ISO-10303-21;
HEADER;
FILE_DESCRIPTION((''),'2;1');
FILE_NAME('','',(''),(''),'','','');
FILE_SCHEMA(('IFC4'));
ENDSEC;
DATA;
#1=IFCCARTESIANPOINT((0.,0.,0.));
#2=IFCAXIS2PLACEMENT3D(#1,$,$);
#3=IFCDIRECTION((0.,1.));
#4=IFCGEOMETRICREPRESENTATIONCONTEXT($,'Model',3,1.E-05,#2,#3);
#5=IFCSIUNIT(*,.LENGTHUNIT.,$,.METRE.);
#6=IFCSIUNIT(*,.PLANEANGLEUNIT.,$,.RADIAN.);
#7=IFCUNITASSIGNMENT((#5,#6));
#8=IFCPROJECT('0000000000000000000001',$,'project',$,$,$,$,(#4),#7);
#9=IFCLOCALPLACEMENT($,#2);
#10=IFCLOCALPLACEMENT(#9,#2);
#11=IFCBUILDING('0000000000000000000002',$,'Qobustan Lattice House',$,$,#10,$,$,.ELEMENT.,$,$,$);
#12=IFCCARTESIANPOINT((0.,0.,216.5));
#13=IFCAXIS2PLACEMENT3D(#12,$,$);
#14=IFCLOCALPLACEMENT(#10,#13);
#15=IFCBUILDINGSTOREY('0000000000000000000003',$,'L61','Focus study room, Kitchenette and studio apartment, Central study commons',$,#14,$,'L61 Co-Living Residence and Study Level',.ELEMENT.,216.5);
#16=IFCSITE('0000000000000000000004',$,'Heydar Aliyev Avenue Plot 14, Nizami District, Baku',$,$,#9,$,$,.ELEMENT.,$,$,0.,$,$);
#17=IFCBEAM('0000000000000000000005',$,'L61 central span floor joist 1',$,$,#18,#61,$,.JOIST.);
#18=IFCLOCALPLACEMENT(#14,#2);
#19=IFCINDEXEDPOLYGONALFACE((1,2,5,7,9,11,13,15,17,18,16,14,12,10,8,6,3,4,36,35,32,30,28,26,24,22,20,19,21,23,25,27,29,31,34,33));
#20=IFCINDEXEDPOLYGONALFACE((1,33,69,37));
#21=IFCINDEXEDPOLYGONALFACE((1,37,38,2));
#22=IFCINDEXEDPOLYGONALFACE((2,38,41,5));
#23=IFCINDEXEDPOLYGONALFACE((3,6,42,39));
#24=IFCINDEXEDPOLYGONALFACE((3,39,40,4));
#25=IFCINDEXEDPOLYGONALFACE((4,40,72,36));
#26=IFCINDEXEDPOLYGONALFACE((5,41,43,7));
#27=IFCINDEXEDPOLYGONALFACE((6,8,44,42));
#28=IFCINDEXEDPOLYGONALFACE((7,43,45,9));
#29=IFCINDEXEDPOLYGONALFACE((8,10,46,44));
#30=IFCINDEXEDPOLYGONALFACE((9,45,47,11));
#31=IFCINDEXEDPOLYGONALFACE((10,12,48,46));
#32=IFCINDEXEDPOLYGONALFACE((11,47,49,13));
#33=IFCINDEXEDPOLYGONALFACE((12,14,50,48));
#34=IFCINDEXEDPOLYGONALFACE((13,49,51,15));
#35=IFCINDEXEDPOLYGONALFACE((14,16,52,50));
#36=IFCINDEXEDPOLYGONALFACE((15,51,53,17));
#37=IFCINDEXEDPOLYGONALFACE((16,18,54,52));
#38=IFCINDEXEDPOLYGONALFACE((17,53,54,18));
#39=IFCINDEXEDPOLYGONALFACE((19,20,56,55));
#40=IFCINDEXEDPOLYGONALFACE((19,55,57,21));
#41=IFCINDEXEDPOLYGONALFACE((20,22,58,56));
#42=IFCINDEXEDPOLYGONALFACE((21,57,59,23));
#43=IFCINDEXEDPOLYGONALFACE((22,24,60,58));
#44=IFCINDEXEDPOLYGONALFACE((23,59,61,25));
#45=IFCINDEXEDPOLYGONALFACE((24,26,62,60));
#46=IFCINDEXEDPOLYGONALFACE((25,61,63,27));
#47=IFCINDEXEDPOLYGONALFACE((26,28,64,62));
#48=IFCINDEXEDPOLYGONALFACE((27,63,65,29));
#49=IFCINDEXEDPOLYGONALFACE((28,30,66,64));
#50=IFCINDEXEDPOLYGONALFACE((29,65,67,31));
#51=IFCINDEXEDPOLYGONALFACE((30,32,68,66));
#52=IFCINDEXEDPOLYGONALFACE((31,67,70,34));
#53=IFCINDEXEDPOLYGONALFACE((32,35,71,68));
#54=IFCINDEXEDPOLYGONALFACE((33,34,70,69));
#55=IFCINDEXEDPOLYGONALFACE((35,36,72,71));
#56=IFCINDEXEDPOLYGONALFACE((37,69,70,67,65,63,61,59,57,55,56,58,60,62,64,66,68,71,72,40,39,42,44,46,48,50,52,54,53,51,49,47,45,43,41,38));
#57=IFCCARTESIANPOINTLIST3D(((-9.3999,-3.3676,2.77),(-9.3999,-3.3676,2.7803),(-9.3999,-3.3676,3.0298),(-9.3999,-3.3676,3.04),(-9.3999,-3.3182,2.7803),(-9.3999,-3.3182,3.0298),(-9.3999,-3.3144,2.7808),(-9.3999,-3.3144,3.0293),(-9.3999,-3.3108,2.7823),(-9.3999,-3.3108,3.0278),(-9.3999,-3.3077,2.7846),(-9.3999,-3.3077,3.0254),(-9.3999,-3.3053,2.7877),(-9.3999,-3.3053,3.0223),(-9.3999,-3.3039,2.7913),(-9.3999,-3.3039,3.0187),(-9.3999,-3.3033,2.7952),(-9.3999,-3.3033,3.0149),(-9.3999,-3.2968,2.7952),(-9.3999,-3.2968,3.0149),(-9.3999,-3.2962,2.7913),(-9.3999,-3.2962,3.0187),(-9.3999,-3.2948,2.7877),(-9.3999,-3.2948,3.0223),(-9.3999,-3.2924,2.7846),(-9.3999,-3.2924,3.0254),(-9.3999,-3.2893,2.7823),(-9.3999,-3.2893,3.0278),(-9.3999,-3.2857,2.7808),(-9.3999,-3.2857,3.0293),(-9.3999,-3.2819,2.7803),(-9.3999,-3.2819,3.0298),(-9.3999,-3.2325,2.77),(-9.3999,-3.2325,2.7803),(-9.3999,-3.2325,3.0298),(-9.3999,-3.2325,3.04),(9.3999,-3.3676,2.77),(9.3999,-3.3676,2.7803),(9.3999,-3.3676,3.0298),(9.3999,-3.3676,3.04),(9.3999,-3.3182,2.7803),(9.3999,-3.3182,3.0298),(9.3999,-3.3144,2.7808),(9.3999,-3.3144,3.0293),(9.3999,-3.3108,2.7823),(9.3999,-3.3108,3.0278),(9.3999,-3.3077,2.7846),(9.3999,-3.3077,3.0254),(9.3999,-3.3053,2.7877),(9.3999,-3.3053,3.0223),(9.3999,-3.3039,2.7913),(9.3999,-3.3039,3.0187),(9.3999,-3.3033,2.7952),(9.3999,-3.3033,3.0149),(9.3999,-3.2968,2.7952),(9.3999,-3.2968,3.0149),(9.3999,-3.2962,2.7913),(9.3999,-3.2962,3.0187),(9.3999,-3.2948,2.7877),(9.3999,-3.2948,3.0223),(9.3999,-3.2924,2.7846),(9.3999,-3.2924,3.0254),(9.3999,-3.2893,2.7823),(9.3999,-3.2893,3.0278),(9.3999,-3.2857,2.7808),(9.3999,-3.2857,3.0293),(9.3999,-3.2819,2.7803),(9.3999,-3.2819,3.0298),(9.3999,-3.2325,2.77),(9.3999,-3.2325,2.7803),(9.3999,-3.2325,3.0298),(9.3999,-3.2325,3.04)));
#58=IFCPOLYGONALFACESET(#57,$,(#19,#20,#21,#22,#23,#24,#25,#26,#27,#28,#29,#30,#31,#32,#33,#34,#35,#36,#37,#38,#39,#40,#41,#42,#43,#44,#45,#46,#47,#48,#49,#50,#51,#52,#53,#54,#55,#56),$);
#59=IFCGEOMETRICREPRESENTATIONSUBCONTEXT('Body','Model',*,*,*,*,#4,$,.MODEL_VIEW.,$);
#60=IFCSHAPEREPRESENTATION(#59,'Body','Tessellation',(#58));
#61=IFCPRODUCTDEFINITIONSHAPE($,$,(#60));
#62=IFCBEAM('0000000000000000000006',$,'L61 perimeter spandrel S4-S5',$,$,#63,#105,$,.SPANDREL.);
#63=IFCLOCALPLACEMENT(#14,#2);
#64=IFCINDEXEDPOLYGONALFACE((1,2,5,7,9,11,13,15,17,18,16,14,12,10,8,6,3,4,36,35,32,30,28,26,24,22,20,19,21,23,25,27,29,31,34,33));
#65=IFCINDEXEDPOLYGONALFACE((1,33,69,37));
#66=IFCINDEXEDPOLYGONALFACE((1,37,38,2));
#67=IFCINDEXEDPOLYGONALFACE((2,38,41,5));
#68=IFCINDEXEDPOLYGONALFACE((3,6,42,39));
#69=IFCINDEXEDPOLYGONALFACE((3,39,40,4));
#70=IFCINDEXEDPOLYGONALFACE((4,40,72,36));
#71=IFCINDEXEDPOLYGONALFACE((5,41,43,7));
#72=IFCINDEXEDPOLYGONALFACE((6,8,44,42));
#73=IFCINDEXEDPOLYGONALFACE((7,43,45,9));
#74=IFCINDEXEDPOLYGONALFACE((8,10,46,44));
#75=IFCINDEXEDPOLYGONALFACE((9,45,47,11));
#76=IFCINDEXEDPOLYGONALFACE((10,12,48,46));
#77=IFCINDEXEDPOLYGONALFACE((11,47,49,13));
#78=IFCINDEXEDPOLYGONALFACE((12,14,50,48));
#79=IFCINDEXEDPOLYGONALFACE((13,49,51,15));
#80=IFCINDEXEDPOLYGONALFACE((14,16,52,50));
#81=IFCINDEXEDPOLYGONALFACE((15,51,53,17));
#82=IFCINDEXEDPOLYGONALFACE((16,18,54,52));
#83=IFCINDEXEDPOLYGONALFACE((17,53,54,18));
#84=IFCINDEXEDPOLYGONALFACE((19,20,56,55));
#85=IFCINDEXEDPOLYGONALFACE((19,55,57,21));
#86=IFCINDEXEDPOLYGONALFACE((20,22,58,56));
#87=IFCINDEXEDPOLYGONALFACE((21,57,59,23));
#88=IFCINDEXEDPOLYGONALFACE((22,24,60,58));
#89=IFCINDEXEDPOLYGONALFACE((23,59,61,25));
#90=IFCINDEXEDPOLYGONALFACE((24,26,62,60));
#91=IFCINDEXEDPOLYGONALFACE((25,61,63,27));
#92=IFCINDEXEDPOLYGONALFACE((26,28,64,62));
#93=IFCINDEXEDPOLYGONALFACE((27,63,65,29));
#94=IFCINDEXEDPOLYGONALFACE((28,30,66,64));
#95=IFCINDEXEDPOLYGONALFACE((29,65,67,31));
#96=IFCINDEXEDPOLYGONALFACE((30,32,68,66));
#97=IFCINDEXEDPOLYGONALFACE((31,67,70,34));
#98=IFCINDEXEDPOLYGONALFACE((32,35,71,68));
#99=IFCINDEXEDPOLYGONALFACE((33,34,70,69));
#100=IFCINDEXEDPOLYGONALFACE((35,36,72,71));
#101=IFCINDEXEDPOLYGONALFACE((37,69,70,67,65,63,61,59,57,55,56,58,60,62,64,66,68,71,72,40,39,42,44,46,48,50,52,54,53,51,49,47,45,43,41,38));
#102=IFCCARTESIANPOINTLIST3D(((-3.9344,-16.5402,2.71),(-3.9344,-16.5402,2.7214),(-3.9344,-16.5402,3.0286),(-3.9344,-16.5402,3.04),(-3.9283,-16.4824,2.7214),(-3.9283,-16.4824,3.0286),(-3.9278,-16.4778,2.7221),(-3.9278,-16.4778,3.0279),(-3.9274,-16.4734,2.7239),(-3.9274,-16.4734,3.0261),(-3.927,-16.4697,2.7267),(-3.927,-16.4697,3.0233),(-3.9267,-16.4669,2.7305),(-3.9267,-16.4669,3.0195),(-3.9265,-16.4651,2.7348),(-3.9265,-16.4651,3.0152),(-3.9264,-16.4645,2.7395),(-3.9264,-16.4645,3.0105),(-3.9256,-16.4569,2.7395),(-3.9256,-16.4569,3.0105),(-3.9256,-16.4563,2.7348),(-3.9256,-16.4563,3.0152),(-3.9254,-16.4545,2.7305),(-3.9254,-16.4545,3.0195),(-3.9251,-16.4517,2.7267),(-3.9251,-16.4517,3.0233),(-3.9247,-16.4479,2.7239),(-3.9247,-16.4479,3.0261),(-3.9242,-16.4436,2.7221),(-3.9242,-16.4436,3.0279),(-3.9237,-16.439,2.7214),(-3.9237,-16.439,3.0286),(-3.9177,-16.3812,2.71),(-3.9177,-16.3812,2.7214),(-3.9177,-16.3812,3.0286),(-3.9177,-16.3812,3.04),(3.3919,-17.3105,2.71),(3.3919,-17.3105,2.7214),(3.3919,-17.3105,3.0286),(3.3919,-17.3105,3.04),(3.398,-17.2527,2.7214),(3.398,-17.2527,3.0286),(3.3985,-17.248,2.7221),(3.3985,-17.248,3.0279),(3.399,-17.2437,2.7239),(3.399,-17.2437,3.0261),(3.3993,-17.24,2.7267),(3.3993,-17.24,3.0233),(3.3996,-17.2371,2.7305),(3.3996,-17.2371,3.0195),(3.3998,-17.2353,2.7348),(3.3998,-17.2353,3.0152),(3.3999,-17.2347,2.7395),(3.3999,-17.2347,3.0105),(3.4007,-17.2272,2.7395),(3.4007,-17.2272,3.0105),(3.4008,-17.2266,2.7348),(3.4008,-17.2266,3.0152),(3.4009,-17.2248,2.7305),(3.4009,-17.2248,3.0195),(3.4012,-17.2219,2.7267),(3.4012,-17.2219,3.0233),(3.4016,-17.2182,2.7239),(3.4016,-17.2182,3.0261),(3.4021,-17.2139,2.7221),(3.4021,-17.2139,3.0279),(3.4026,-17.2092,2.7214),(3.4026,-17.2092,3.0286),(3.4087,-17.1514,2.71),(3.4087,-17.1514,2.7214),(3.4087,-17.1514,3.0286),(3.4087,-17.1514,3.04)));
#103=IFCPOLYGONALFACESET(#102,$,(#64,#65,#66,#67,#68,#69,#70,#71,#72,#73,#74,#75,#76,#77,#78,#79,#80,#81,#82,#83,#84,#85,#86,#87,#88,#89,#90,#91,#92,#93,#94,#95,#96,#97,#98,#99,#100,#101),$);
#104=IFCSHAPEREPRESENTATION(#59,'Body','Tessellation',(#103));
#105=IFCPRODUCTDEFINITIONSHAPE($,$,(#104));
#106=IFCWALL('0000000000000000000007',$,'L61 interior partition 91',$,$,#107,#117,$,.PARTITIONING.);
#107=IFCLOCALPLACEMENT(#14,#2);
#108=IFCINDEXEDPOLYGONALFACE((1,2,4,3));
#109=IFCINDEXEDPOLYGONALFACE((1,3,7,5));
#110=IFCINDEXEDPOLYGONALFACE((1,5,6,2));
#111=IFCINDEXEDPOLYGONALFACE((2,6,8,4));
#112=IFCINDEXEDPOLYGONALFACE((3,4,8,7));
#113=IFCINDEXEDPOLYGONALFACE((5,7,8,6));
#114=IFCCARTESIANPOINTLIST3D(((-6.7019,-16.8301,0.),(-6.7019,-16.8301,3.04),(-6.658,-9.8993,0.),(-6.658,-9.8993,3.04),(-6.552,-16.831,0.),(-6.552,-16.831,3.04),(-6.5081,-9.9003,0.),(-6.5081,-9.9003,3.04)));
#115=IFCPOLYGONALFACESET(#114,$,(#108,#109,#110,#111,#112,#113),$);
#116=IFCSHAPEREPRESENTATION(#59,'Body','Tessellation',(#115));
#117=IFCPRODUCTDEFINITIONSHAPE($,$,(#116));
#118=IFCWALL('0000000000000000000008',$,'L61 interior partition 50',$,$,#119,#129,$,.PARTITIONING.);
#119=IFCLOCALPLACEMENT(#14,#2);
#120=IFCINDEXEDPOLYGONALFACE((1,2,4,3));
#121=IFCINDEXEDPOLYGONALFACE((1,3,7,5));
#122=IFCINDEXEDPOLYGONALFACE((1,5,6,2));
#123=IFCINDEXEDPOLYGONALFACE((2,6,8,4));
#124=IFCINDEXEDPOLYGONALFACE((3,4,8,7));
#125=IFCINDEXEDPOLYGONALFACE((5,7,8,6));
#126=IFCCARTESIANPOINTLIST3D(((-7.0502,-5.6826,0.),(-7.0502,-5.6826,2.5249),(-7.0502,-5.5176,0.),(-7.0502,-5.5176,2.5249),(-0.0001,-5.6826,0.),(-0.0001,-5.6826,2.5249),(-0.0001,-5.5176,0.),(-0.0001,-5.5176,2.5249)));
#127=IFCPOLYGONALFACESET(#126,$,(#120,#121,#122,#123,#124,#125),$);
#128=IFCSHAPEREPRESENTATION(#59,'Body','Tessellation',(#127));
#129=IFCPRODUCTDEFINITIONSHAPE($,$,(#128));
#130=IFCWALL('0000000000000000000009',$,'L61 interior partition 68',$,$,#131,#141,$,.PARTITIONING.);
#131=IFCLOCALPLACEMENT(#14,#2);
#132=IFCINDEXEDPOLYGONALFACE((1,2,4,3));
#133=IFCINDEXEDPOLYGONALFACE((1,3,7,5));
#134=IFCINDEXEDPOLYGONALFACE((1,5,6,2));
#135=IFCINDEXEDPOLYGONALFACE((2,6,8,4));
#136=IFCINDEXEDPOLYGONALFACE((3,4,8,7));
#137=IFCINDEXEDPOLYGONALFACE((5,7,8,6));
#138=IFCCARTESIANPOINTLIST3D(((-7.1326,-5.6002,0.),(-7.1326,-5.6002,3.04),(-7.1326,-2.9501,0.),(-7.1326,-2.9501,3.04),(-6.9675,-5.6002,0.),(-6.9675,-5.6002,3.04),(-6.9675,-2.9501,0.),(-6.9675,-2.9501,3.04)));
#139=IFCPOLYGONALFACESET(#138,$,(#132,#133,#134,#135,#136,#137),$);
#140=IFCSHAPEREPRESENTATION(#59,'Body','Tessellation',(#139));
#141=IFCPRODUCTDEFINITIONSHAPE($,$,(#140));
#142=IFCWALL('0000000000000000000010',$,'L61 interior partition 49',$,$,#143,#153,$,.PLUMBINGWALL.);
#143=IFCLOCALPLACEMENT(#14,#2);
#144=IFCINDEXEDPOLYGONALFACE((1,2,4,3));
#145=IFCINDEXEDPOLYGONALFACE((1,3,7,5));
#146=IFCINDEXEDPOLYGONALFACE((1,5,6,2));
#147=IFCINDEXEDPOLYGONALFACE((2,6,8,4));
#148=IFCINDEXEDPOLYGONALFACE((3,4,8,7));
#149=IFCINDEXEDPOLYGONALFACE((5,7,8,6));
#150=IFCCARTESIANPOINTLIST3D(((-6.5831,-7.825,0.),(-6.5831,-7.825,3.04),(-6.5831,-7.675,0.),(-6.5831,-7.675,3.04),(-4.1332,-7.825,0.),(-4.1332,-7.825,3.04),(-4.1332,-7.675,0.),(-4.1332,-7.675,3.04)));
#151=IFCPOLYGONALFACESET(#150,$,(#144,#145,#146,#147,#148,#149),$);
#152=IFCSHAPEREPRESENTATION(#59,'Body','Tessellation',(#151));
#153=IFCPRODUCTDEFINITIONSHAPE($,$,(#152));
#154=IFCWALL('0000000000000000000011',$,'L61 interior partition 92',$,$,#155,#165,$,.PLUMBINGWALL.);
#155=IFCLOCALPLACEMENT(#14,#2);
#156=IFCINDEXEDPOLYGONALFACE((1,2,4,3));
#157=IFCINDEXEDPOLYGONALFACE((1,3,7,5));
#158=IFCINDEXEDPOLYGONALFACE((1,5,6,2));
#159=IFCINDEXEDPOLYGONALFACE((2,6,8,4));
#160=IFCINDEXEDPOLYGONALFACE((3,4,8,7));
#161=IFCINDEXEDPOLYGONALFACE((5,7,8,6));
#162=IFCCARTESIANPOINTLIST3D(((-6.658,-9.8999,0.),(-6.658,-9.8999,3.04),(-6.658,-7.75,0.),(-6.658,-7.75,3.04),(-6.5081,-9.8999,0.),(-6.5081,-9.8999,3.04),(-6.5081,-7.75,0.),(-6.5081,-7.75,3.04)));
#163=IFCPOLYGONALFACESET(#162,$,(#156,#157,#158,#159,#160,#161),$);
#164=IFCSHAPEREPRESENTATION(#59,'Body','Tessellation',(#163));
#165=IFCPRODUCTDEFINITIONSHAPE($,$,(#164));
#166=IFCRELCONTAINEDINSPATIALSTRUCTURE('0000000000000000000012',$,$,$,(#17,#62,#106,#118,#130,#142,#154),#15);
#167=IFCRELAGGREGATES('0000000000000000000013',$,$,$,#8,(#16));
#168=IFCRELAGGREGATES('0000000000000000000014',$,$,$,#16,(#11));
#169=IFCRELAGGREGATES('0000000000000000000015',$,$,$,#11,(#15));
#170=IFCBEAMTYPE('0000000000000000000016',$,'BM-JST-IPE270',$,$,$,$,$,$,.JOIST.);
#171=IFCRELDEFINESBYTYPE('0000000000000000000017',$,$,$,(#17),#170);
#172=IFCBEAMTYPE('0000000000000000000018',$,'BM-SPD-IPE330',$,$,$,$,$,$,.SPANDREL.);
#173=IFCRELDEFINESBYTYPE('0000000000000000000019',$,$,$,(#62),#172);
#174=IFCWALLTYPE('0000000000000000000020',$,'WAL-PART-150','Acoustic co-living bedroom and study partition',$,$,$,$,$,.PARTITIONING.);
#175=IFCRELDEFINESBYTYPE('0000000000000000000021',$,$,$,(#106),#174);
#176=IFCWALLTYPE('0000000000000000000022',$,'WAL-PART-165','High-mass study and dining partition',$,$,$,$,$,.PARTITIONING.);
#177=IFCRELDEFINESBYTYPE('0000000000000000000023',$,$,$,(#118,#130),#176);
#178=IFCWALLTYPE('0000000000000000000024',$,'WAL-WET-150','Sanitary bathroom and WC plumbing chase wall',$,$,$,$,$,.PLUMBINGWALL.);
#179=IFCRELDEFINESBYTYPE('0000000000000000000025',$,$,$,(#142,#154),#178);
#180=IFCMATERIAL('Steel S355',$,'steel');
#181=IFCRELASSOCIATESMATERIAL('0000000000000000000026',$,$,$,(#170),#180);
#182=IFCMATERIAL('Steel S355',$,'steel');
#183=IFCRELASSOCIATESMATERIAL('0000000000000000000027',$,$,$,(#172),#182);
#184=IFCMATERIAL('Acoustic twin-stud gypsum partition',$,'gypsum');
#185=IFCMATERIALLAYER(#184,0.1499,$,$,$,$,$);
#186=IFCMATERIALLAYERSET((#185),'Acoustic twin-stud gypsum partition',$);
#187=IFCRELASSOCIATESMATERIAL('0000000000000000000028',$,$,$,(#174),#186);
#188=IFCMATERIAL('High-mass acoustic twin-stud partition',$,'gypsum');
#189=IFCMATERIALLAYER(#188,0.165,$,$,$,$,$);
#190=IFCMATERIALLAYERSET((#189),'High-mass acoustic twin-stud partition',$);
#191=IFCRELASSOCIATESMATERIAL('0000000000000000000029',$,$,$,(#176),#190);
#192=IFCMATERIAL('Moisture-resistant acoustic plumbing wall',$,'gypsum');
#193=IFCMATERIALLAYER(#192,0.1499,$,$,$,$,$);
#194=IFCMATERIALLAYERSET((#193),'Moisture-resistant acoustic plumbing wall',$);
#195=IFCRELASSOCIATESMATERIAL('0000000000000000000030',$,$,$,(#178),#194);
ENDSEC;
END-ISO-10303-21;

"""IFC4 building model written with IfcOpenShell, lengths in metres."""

from ifc_helpers import new_model, si_unit, direction, frame, frame_2d, origin, origin_2d, place, context, subcontext, project, spatial, rectangle, i_section, extrude, material, layer, layer_set, material_profile, profile_set, type_object, element, save


model = new_model("IFC4")

# Units and contexts
model_context = context("Model", 3, precision=1e-05, world=origin(), true_north=direction((0.0, 1.0)))
body_context = subcontext(model_context, "Body", "Model", "MODEL_VIEW")
ifc_project = project(units=[si_unit("LENGTHUNIT", "METRE"), si_unit("PLANEANGLEUNIT", "RADIAN")], contexts=[model_context])

# Site, building, storey
site_placement = place(None, origin())
site = spatial("IfcSite", under=ifc_project, at=site_placement, Name="Heydar Aliyev Avenue Plot 14, Nizami District, Baku", CompositionType="ELEMENT", RefElevation=0.0)
building_placement = place(site_placement, origin())
building = spatial("IfcBuilding", under=site, at=building_placement, Name="Qobustan Lattice House", CompositionType="ELEMENT")
storey_placement = place(building_placement, frame((0.0, 0.0, 216.5)))
storey = spatial("IfcBuildingStorey", under=building, at=storey_placement, Name="L61", Description="Focus study room, Kitchenette and studio apartment, Central study commons", LongName="L61 Co-Living Residence and Study Level", CompositionType="ELEMENT", Elevation=216.5)

# Beams
ifc_material_1 = material(Name="Steel S355", Category="steel")
ifc_material_profile_1 = material_profile(ifc_material_1, i_section(OverallWidth=0.135, OverallDepth=0.27, WebThickness=0.0066, FlangeThickness=0.0103, FilletRadius=0.0149, at=origin_2d()), Name="IPE270")
ifc_profile_set_1 = profile_set([ifc_material_profile_1], Name="Steel S355")
beam_type_1 = type_object("IfcBeamType", Name="BM-JST-IPE270", PredefinedType="JOIST", material=ifc_profile_set_1)
beam_1_placement = place(storey_placement, frame((-9.3999, -3.3, 2.905), z_axis=(1.0, 0.0, 0.0), x_axis=(0.0, 1.0, 0.0)))
element("IfcBeam", 1, at=beam_1_placement, inside=storey, type_object=beam_type_1, Name="L61 central span floor joist 1", PredefinedType="JOIST", context=body_context, shape_type="SweptSolid", body=[
    extrude(i_section(OverallWidth=0.135, OverallDepth=0.27, WebThickness=0.0066, FlangeThickness=0.0103, FilletRadius=0.0149, at=origin_2d()), origin(), (0.0, 0.0, 1.0), 18.7998),
])
ifc_material_2 = material(Name="Steel S355", Category="steel")
ifc_material_profile_2 = material_profile(ifc_material_2, i_section(OverallWidth=0.1599, OverallDepth=0.3301, WebThickness=0.0076, FlangeThickness=0.0115, FilletRadius=0.0181, at=origin_2d()), Name="IPE330")
ifc_profile_set_2 = profile_set([ifc_material_profile_2], Name="Steel S355")
beam_type_2 = type_object("IfcBeamType", Name="BM-SPD-IPE330", PredefinedType="SPANDREL", material=ifc_profile_set_2)
beam_2_placement = place(storey_placement, frame((-3.926, -16.4607, 2.875), z_axis=(0.994519, -0.104559, 0.0), x_axis=(0.104559, 0.994519, 0.0)))
element("IfcBeam", 2, at=beam_2_placement, inside=storey, type_object=beam_type_2, Name="L61 perimeter spandrel S4-S5", PredefinedType="SPANDREL", context=body_context, shape_type="SweptSolid", body=[
    extrude(i_section(OverallWidth=0.1599, OverallDepth=0.3301, WebThickness=0.0076, FlangeThickness=0.0115, FilletRadius=0.0181, at=origin_2d()), origin(), (0.0, 0.0, 1.0), 7.3667),
])

# Walls
ifc_material_3 = material(Name="Acoustic twin-stud gypsum partition", Category="gypsum")
ifc_layer_1 = layer(ifc_material_3, 0.1499)
ifc_layer_set_1 = layer_set([ifc_layer_1], Name="Acoustic twin-stud gypsum partition")
wall_type_1 = type_object("IfcWallType", Name="WAL-PART-150", Description="Acoustic co-living bedroom and study partition", PredefinedType="PARTITIONING", material=ifc_layer_set_1)
wall_1_placement = place(storey_placement, frame((-6.583, -9.8999, 0.0), z_axis=(0.0, 0.0, 1.0), x_axis=(-0.006341, -0.99998, 0.0)))
element("IfcWall", 3, at=wall_1_placement, inside=storey, type_object=wall_type_1, Name="L61 interior partition 91", PredefinedType="PARTITIONING", context=body_context, shape_type="SweptSolid", body=[
    extrude(rectangle(XDim=6.9309, YDim=0.1499, at=frame_2d((3.4653, 0.0))), origin(), (0.0, 0.0, 1.0), 3.04),
])
ifc_material_4 = material(Name="High-mass acoustic twin-stud partition", Category="gypsum")
ifc_layer_2 = layer(ifc_material_4, 0.165)
ifc_layer_set_2 = layer_set([ifc_layer_2], Name="High-mass acoustic twin-stud partition")
wall_type_2 = type_object("IfcWallType", Name="WAL-PART-165", Description="High-mass study and dining partition", PredefinedType="PARTITIONING", material=ifc_layer_set_2)
wall_2_placement = place(storey_placement, frame((-7.05, -5.6001, 0.0), z_axis=(0.0, 0.0, 1.0), x_axis=(1.0, 0.0, 0.0)))
element("IfcWall", 4, at=wall_2_placement, inside=storey, type_object=wall_type_2, Name="L61 interior partition 50", PredefinedType="PARTITIONING", context=body_context, shape_type="SweptSolid", body=[
    extrude(rectangle(XDim=7.05, YDim=0.165, at=frame_2d((3.5249, 0.0))), origin(), (0.0, 0.0, 1.0), 2.5249),
])
wall_3_placement = place(storey_placement, frame((-7.05, -2.95, 0.0), z_axis=(0.0, 0.0, 1.0), x_axis=(0.0, -1.0, 0.0)))
element("IfcWall", 5, at=wall_3_placement, inside=storey, type_object=wall_type_2, Name="L61 interior partition 68", PredefinedType="PARTITIONING", context=body_context, shape_type="SweptSolid", body=[
    extrude(rectangle(XDim=2.6501, YDim=0.165, at=frame_2d((1.3252, 0.0))), origin(), (0.0, 0.0, 1.0), 3.04),
])
ifc_material_5 = material(Name="Moisture-resistant acoustic plumbing wall", Category="gypsum")
ifc_layer_3 = layer(ifc_material_5, 0.1499)
ifc_layer_set_3 = layer_set([ifc_layer_3], Name="Moisture-resistant acoustic plumbing wall")
wall_type_3 = type_object("IfcWallType", Name="WAL-WET-150", Description="Sanitary bathroom and WC plumbing chase wall", PredefinedType="PLUMBINGWALL", material=ifc_layer_set_3)
wall_4_placement = place(storey_placement, frame((-4.1331, -7.75, 0.0), z_axis=(0.0, 0.0, 1.0), x_axis=(-1.0, 0.0, 0.0)))
element("IfcWall", 6, at=wall_4_placement, inside=storey, type_object=wall_type_3, Name="L61 interior partition 49", PredefinedType="PLUMBINGWALL", context=body_context, shape_type="SweptSolid", body=[
    extrude(rectangle(XDim=2.45, YDim=0.1499, at=frame_2d((1.2251, 0.0))), origin(), (0.0, 0.0, 1.0), 3.04),
])
wall_5_placement = place(storey_placement, frame((-6.583, -7.75, 0.0), z_axis=(0.0, 0.0, 1.0), x_axis=(0.0, -1.0, 0.0)))
element("IfcWall", 7, at=wall_5_placement, inside=storey, type_object=wall_type_3, Name="L61 interior partition 92", PredefinedType="PLUMBINGWALL", context=body_context, shape_type="SweptSolid", body=[
    extrude(rectangle(XDim=2.1499, YDim=0.1499, at=frame_2d((1.075, 0.0))), origin(), (0.0, 0.0, 1.0), 3.04),
])

save(model, "model.ifc")
